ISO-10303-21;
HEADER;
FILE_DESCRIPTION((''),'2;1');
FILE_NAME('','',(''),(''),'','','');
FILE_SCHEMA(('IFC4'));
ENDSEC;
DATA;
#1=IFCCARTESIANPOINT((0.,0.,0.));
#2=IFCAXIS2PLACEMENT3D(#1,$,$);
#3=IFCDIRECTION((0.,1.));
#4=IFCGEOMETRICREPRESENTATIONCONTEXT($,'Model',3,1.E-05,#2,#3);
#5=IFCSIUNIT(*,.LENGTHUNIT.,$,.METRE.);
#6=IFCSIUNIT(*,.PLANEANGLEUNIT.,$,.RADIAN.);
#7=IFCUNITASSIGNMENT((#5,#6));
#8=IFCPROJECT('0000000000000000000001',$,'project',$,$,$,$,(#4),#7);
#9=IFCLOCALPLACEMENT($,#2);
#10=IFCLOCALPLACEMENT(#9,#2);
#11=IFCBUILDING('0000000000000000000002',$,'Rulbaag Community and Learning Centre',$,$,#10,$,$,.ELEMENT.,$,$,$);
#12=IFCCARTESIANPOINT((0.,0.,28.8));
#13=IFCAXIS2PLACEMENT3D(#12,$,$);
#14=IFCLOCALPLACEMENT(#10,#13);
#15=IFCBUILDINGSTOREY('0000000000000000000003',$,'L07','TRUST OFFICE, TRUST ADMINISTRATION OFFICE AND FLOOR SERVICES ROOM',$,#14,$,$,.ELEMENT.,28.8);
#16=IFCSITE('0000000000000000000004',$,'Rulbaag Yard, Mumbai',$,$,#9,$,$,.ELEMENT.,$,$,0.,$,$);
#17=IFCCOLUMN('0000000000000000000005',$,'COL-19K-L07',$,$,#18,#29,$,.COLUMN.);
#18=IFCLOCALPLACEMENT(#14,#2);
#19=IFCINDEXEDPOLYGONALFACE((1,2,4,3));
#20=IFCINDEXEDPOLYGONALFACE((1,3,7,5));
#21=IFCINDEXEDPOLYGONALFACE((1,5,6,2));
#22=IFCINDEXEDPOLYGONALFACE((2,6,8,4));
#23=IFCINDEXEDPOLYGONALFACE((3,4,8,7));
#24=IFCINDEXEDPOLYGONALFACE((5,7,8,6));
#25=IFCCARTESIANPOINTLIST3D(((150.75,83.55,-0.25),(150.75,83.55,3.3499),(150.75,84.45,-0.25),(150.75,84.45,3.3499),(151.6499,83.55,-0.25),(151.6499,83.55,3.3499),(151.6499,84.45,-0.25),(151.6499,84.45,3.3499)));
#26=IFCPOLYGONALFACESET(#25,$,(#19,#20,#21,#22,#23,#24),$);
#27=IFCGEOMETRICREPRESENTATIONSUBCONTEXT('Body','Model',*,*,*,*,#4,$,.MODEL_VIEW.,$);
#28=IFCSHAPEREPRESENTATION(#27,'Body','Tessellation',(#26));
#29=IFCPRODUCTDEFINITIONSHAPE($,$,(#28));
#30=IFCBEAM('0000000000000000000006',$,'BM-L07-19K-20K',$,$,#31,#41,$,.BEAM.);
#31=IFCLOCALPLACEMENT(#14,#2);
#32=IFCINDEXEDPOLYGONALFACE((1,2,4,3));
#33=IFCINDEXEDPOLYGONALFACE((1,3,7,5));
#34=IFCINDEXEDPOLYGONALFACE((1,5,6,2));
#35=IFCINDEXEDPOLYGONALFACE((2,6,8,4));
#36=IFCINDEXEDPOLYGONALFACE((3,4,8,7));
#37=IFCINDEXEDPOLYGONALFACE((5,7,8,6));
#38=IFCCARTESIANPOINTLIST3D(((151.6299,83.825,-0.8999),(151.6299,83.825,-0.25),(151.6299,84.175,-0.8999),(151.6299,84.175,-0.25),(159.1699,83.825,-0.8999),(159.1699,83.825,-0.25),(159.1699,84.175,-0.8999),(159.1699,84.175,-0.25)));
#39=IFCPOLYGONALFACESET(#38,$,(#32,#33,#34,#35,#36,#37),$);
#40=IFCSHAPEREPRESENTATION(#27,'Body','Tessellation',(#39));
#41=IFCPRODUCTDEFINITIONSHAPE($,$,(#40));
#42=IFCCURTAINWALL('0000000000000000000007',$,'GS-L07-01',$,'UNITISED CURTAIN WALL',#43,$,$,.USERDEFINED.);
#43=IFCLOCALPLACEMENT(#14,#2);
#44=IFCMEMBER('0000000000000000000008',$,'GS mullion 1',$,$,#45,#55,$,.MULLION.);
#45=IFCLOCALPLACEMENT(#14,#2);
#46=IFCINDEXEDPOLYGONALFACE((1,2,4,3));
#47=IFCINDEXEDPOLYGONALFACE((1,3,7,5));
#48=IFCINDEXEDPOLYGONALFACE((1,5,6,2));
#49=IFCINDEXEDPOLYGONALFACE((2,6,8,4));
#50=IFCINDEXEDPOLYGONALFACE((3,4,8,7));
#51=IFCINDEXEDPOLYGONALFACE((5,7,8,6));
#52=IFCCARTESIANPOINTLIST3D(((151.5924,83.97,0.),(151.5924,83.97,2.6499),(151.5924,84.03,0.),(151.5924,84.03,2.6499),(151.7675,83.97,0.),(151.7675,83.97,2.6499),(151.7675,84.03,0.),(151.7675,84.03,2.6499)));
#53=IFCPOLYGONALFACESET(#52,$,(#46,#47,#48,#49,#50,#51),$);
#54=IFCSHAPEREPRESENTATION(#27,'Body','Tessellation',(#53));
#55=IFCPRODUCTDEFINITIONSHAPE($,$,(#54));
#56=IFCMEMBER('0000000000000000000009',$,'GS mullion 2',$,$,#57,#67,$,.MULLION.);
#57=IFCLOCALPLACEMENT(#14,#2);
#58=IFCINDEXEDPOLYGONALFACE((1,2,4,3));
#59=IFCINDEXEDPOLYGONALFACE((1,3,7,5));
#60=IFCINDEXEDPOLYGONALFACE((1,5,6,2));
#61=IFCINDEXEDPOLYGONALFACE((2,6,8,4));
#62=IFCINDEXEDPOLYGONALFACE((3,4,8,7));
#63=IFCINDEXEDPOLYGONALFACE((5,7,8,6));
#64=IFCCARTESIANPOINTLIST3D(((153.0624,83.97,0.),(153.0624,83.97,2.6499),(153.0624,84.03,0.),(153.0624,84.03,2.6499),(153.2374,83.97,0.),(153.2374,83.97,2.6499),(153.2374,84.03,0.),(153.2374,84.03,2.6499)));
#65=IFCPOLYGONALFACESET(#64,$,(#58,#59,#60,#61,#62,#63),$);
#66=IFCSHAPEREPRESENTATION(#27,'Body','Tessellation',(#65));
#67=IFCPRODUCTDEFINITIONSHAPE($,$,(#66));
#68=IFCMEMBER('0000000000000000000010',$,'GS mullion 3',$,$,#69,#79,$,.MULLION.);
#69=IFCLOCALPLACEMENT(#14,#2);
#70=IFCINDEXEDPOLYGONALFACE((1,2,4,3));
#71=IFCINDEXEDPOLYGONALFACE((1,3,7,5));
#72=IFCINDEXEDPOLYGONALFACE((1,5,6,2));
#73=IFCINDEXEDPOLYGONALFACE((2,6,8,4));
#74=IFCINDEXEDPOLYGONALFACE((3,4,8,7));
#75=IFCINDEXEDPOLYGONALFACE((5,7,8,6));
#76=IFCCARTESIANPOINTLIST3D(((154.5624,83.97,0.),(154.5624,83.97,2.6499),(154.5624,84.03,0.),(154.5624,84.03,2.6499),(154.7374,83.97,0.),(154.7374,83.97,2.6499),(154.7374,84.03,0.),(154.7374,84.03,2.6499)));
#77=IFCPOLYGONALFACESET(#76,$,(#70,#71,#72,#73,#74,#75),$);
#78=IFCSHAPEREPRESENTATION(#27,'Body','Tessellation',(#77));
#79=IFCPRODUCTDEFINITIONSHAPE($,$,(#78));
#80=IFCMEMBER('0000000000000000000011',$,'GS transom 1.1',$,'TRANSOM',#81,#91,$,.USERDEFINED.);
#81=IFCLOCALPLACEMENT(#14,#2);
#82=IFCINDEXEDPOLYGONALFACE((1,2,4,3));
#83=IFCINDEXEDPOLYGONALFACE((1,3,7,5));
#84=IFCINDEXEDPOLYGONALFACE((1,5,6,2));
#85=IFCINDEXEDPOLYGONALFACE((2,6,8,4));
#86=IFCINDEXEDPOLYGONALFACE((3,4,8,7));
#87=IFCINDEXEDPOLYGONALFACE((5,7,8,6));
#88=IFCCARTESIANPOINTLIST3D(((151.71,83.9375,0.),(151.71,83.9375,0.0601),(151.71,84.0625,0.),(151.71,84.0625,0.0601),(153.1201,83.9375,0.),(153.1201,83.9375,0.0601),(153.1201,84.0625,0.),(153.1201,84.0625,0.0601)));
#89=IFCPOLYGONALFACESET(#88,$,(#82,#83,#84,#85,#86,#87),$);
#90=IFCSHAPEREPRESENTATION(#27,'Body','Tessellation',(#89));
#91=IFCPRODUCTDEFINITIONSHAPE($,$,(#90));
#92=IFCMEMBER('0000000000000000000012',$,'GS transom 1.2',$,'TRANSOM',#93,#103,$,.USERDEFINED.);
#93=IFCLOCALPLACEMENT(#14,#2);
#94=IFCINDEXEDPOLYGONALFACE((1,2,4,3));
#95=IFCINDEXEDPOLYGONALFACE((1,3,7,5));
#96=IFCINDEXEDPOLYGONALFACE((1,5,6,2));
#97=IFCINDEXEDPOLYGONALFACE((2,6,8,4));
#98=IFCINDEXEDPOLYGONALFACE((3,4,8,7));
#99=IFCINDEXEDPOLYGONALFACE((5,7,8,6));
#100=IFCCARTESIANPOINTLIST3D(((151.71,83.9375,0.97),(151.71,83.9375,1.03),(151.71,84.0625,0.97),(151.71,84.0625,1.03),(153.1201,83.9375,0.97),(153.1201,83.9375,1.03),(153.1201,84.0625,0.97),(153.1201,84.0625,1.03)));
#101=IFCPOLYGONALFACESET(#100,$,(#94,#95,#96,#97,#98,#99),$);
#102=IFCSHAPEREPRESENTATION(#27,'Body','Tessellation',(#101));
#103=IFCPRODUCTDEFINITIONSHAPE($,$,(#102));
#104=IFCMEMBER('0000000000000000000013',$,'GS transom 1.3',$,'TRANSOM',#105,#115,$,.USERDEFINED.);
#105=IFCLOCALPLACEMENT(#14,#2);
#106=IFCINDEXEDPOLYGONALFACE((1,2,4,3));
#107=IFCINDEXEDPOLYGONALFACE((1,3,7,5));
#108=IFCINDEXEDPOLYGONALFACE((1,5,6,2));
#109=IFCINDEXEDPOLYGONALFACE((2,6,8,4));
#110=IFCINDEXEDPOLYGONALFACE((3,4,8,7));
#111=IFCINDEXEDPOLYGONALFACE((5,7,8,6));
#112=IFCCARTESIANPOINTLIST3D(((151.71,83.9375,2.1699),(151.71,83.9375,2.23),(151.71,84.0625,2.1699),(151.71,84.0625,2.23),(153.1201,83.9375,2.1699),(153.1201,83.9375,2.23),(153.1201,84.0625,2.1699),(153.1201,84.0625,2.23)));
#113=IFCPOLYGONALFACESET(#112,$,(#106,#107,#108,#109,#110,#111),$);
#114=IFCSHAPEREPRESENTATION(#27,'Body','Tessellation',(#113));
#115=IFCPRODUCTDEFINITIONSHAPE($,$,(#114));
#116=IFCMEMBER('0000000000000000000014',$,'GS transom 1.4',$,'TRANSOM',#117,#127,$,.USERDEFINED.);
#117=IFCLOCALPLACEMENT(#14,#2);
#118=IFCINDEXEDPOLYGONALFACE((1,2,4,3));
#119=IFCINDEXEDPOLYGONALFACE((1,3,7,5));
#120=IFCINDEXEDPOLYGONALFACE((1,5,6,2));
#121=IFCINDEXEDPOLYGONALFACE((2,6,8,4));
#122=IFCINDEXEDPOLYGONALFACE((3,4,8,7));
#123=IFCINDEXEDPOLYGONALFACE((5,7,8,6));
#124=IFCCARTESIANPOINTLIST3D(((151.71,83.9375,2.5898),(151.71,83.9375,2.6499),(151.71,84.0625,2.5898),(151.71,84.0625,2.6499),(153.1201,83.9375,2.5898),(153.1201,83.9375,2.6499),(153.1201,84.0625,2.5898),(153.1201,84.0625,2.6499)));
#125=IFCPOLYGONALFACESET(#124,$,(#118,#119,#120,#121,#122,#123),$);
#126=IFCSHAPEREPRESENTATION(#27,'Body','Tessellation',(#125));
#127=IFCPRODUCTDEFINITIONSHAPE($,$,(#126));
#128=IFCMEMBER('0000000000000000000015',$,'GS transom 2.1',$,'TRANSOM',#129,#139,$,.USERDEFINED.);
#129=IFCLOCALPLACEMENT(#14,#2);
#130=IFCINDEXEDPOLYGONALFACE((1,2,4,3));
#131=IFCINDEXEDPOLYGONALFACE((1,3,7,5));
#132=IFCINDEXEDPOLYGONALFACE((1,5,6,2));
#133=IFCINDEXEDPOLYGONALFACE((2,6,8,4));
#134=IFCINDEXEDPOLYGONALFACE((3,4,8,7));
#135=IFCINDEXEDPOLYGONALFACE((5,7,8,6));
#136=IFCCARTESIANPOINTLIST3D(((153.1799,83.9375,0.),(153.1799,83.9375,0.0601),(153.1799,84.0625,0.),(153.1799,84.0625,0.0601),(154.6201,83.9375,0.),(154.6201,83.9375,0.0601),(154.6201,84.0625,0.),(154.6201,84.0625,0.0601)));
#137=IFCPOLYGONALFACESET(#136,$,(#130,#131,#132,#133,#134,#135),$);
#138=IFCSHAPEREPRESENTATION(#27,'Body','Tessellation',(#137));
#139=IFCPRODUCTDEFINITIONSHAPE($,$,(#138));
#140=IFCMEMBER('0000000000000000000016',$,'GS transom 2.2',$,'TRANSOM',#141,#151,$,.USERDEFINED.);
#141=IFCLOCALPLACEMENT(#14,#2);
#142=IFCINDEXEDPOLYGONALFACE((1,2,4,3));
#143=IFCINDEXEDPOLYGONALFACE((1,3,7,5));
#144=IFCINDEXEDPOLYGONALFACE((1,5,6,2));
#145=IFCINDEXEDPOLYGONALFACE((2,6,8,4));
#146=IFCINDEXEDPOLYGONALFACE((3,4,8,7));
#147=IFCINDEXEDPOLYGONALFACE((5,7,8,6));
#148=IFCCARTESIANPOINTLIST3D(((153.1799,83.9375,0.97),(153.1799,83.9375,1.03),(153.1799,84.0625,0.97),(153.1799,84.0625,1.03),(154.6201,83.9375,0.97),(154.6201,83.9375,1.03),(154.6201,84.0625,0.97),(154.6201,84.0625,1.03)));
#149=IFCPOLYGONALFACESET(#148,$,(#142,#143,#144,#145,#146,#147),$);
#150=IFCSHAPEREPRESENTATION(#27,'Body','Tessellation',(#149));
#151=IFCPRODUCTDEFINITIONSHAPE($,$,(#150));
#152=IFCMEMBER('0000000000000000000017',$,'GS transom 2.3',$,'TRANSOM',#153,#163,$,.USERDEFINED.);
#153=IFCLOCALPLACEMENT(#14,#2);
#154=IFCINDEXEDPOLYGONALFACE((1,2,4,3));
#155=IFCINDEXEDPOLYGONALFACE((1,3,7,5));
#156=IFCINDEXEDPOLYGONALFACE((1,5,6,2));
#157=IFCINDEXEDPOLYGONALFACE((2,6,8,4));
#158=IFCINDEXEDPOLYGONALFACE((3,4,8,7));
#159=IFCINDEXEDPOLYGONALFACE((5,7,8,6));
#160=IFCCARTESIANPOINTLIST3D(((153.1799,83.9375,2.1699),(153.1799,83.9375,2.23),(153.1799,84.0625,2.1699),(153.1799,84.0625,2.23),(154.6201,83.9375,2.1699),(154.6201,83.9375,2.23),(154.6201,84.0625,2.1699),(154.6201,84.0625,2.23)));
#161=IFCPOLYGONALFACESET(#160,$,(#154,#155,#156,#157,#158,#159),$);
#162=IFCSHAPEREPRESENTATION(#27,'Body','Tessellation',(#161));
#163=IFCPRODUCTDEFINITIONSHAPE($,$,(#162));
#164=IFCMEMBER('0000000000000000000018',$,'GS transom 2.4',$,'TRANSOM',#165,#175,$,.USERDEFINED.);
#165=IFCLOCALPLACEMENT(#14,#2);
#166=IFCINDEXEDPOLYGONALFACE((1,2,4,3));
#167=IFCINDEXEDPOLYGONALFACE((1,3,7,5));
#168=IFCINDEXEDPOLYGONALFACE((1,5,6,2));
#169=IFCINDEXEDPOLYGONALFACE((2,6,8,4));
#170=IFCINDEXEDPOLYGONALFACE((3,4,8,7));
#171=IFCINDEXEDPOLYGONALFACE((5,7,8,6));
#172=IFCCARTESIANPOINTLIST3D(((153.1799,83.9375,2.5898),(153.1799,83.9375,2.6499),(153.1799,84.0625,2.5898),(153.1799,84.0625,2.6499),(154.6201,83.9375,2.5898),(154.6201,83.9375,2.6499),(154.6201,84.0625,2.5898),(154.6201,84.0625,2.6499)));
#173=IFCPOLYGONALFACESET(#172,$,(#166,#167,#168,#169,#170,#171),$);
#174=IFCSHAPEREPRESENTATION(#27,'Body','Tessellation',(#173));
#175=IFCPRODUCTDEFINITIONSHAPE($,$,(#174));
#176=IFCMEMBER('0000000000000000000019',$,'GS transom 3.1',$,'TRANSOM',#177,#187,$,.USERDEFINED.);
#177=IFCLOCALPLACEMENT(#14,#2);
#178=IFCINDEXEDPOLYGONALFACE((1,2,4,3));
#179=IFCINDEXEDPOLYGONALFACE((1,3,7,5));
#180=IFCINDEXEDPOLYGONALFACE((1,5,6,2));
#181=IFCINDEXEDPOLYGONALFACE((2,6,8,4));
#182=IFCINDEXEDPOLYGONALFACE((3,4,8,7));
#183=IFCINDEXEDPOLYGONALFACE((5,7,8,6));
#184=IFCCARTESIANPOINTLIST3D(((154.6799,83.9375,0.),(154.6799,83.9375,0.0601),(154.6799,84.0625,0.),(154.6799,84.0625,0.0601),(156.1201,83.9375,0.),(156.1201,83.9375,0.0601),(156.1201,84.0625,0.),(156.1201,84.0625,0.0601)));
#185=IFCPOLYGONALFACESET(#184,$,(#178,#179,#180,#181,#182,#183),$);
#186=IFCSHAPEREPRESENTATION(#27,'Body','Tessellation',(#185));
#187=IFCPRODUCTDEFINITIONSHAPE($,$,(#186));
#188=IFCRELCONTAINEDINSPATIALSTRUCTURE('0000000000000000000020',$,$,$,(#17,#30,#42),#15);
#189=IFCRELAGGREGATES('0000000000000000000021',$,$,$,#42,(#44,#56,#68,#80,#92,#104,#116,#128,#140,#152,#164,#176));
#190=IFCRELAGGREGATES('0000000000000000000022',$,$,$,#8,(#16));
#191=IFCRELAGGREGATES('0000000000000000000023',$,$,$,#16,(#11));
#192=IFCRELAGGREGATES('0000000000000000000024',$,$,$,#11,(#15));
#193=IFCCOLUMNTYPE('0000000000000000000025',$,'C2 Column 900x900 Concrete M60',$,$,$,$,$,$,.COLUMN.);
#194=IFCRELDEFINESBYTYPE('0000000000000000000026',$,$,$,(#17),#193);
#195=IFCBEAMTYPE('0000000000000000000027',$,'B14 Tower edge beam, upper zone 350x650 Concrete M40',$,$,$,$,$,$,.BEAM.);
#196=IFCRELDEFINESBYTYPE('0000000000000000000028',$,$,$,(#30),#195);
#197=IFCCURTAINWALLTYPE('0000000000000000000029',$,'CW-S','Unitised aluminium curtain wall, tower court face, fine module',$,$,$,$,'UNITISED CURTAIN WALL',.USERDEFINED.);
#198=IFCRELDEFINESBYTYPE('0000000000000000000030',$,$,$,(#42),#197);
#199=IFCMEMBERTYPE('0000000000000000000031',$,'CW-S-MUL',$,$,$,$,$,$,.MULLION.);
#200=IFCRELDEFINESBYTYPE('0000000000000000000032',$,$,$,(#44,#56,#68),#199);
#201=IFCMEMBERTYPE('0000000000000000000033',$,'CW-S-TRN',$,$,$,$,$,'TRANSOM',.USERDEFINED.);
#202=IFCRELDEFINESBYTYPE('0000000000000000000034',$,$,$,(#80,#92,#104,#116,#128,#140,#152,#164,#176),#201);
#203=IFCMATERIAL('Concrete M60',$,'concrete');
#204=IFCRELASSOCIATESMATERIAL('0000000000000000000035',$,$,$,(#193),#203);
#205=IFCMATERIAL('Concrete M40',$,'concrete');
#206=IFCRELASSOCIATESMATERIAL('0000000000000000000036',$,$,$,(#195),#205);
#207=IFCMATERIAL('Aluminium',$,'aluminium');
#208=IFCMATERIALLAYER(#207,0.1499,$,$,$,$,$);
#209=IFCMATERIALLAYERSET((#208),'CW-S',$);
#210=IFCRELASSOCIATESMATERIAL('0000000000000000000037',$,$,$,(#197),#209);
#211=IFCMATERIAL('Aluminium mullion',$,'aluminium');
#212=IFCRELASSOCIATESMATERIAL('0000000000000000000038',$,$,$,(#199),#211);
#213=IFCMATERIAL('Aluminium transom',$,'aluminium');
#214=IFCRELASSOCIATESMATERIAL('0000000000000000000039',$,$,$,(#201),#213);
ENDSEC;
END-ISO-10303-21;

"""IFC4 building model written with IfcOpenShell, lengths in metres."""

from ifc_helpers import new_model, si_unit, direction, frame, origin, origin_2d, place, context, subcontext, project, spatial, rectangle, extrude, material, layer, layer_set, material_profile, profile_set, type_object, element, aggregate, save


model = new_model("IFC4")

# Units and contexts
model_context = context("Model", 3, precision=1e-05, world=origin(), true_north=direction((0.0, 1.0)))
body_context = subcontext(model_context, "Body", "Model", "MODEL_VIEW")
ifc_project = project(units=[si_unit("LENGTHUNIT", "METRE"), si_unit("PLANEANGLEUNIT", "RADIAN")], contexts=[model_context])

# Site, building, storey
site_placement = place(None, origin())
site = spatial("IfcSite", under=ifc_project, at=site_placement, Name="Rulbaag Yard, Mumbai", CompositionType="ELEMENT", RefElevation=0.0)
building_placement = place(site_placement, origin())
building = spatial("IfcBuilding", under=site, at=building_placement, Name="Rulbaag Community and Learning Centre", CompositionType="ELEMENT")
storey_placement = place(building_placement, frame((0.0, 0.0, 28.8)))
storey = spatial("IfcBuildingStorey", under=building, at=storey_placement, Name="L07", Description="TRUST OFFICE, TRUST ADMINISTRATION OFFICE AND FLOOR SERVICES ROOM", CompositionType="ELEMENT", Elevation=28.8)

# Column
ifc_material_1 = material(Name="Concrete M60", Category="concrete")
ifc_material_profile_1 = material_profile(ifc_material_1, rectangle(XDim=0.8999, YDim=0.8999, at=origin_2d()), Name="RC900x900")
ifc_profile_set_1 = profile_set([ifc_material_profile_1], Name="Concrete M60")
column_type = type_object("IfcColumnType", Name="C2 Column 900x900 Concrete M60", PredefinedType="COLUMN", material=ifc_profile_set_1)
column_placement = place(storey_placement, frame((151.2, 84.0, -0.25), z_axis=(0.0, 0.0, 1.0), x_axis=(1.0, 0.0, 0.0)))
element("IfcColumn", 1, at=column_placement, inside=storey, type_object=column_type, Name="COL-19K-L07", PredefinedType="COLUMN", context=body_context, shape_type="SweptSolid", body=[
    extrude(rectangle(XDim=0.8999, YDim=0.8999, at=origin_2d()), origin(), (0.0, 0.0, 1.0), 3.5999),
])

# Beam
ifc_material_2 = material(Name="Concrete M40", Category="concrete")
ifc_material_profile_2 = material_profile(ifc_material_2, rectangle(XDim=0.3501, YDim=0.6499, at=origin_2d()), Name="RB350x650")
ifc_profile_set_2 = profile_set([ifc_material_profile_2], Name="Concrete M40")
beam_type = type_object("IfcBeamType", Name="B14 Tower edge beam, upper zone 350x650 Concrete M40", PredefinedType="BEAM", material=ifc_profile_set_2)
beam_placement = place(storey_placement, frame((151.6299, 84.0, -0.575), z_axis=(1.0, 0.0, 0.0), x_axis=(0.0, 1.0, 0.0)))
element("IfcBeam", 2, at=beam_placement, inside=storey, type_object=beam_type, Name="BM-L07-19K-20K", PredefinedType="BEAM", context=body_context, shape_type="SweptSolid", body=[
    extrude(rectangle(XDim=0.3501, YDim=0.6499, at=origin_2d()), origin(), (0.0, 0.0, 1.0), 7.54),
])

# Curtain wall, members
ifc_material_3 = material(Name="Aluminium", Category="aluminium")
ifc_layer_1 = layer(ifc_material_3, 0.1499)
ifc_layer_set_1 = layer_set([ifc_layer_1], Name="CW-S")
curtain_wall_type = type_object("IfcCurtainWallType", Name="CW-S", Description="Unitised aluminium curtain wall, tower court face, fine module", ElementType="UNITISED CURTAIN WALL", PredefinedType="USERDEFINED", material=ifc_layer_set_1)
curtain_wall_placement = place(storey_placement, origin())
curtain_wall = element("IfcCurtainWall", 3, at=curtain_wall_placement, inside=storey, type_object=curtain_wall_type, Name="GS-L07-01", ObjectType="UNITISED CURTAIN WALL", PredefinedType="USERDEFINED")
ifc_material_4 = material(Name="Aluminium mullion", Category="aluminium")
ifc_material_profile_3 = material_profile(ifc_material_4, rectangle(XDim=0.0601, YDim=0.175, at=origin_2d()), Name="AL 60x175")
ifc_profile_set_3 = profile_set([ifc_material_profile_3], Name="Aluminium mullion")
member_type_1 = type_object("IfcMemberType", Name="CW-S-MUL", PredefinedType="MULLION", material=ifc_profile_set_3)
member_1_placement = place(storey_placement, frame((151.6799, 84.0, 0.0), z_axis=(0.0, 0.0, 1.0), x_axis=(0.0, 1.0, 0.0)))
member_1 = element("IfcMember", 4, at=member_1_placement, type_object=member_type_1, Name="GS mullion 1", PredefinedType="MULLION", context=body_context, shape_type="SweptSolid", body=[
    extrude(rectangle(XDim=0.0601, YDim=0.175, at=origin_2d()), origin(), (0.0, 0.0, 1.0), 2.6499),
])
member_2_placement = place(storey_placement, frame((153.1499, 84.0, 0.0), z_axis=(0.0, 0.0, 1.0), x_axis=(0.0, 1.0, 0.0)))
member_2 = element("IfcMember", 5, at=member_2_placement, type_object=member_type_1, Name="GS mullion 2", PredefinedType="MULLION", context=body_context, shape_type="SweptSolid", body=[
    extrude(rectangle(XDim=0.0601, YDim=0.175, at=origin_2d()), origin(), (0.0, 0.0, 1.0), 2.6499),
])
member_3_placement = place(storey_placement, frame((154.6499, 84.0, 0.0), z_axis=(0.0, 0.0, 1.0), x_axis=(0.0, 1.0, 0.0)))
member_3 = element("IfcMember", 6, at=member_3_placement, type_object=member_type_1, Name="GS mullion 3", PredefinedType="MULLION", context=body_context, shape_type="SweptSolid", body=[
    extrude(rectangle(XDim=0.0601, YDim=0.175, at=origin_2d()), origin(), (0.0, 0.0, 1.0), 2.6499),
])
ifc_material_5 = material(Name="Aluminium transom", Category="aluminium")
ifc_material_profile_4 = material_profile(ifc_material_5, rectangle(XDim=0.125, YDim=0.0601, at=origin_2d()), Name="AL 60x125 T")
ifc_profile_set_4 = profile_set([ifc_material_profile_4], Name="Aluminium transom")
member_type_2 = type_object("IfcMemberType", Name="CW-S-TRN", ElementType="TRANSOM", PredefinedType="USERDEFINED", material=ifc_profile_set_4)
member_4_placement = place(storey_placement, frame((151.71, 84.0, 0.03), z_axis=(1.0, 0.0, 0.0), x_axis=(0.0, 1.0, 0.0)))
member_4 = element("IfcMember", 7, at=member_4_placement, type_object=member_type_2, Name="GS transom 1.1", ObjectType="TRANSOM", PredefinedType="USERDEFINED", context=body_context, shape_type="SweptSolid", body=[
    extrude(rectangle(XDim=0.125, YDim=0.0601, at=origin_2d()), origin(), (0.0, 0.0, 1.0), 1.4102),
])
member_5_placement = place(storey_placement, frame((151.71, 84.0, 1.0), z_axis=(1.0, 0.0, 0.0), x_axis=(0.0, 1.0, 0.0)))
member_5 = element("IfcMember", 8, at=member_5_placement, type_object=member_type_2, Name="GS transom 1.2", ObjectType="TRANSOM", PredefinedType="USERDEFINED", context=body_context, shape_type="SweptSolid", body=[
    extrude(rectangle(XDim=0.125, YDim=0.0601, at=origin_2d()), origin(), (0.0, 0.0, 1.0), 1.4102),
])
member_6_placement = place(storey_placement, frame((151.71, 84.0, 2.2), z_axis=(1.0, 0.0, 0.0), x_axis=(0.0, 1.0, 0.0)))
member_6 = element("IfcMember", 9, at=member_6_placement, type_object=member_type_2, Name="GS transom 1.3", ObjectType="TRANSOM", PredefinedType="USERDEFINED", context=body_context, shape_type="SweptSolid", body=[
    extrude(rectangle(XDim=0.125, YDim=0.0601, at=origin_2d()), origin(), (0.0, 0.0, 1.0), 1.4102),
])
member_7_placement = place(storey_placement, frame((151.71, 84.0, 2.6199), z_axis=(1.0, 0.0, 0.0), x_axis=(0.0, 1.0, 0.0)))
member_7 = element("IfcMember", 10, at=member_7_placement, type_object=member_type_2, Name="GS transom 1.4", ObjectType="TRANSOM", PredefinedType="USERDEFINED", context=body_context, shape_type="SweptSolid", body=[
    extrude(rectangle(XDim=0.125, YDim=0.0601, at=origin_2d()), origin(), (0.0, 0.0, 1.0), 1.4102),
])
member_8_placement = place(storey_placement, frame((153.1799, 84.0, 0.03), z_axis=(1.0, 0.0, 0.0), x_axis=(0.0, 1.0, 0.0)))
member_8 = element("IfcMember", 11, at=member_8_placement, type_object=member_type_2, Name="GS transom 2.1", ObjectType="TRANSOM", PredefinedType="USERDEFINED", context=body_context, shape_type="SweptSolid", body=[
    extrude(rectangle(XDim=0.125, YDim=0.0601, at=origin_2d()), origin(), (0.0, 0.0, 1.0), 1.4402),
])
member_9_placement = place(storey_placement, frame((153.1799, 84.0, 1.0), z_axis=(1.0, 0.0, 0.0), x_axis=(0.0, 1.0, 0.0)))
member_9 = element("IfcMember", 12, at=member_9_placement, type_object=member_type_2, Name="GS transom 2.2", ObjectType="TRANSOM", PredefinedType="USERDEFINED", context=body_context, shape_type="SweptSolid", body=[
    extrude(rectangle(XDim=0.125, YDim=0.0601, at=origin_2d()), origin(), (0.0, 0.0, 1.0), 1.4402),
])
member_10_placement = place(storey_placement, frame((153.1799, 84.0, 2.2), z_axis=(1.0, 0.0, 0.0), x_axis=(0.0, 1.0, 0.0)))
member_10 = element("IfcMember", 13, at=member_10_placement, type_object=member_type_2, Name="GS transom 2.3", ObjectType="TRANSOM", PredefinedType="USERDEFINED", context=body_context, shape_type="SweptSolid", body=[
    extrude(rectangle(XDim=0.125, YDim=0.0601, at=origin_2d()), origin(), (0.0, 0.0, 1.0), 1.4402),
])
member_11_placement = place(storey_placement, frame((153.1799, 84.0, 2.6199), z_axis=(1.0, 0.0, 0.0), x_axis=(0.0, 1.0, 0.0)))
member_11 = element("IfcMember", 14, at=member_11_placement, type_object=member_type_2, Name="GS transom 2.4", ObjectType="TRANSOM", PredefinedType="USERDEFINED", context=body_context, shape_type="SweptSolid", body=[
    extrude(rectangle(XDim=0.125, YDim=0.0601, at=origin_2d()), origin(), (0.0, 0.0, 1.0), 1.4402),
])
member_12_placement = place(storey_placement, frame((154.6799, 84.0, 0.03), z_axis=(1.0, 0.0, 0.0), x_axis=(0.0, 1.0, 0.0)))
member_12 = element("IfcMember", 15, at=member_12_placement, type_object=member_type_2, Name="GS transom 3.1", ObjectType="TRANSOM", PredefinedType="USERDEFINED", context=body_context, shape_type="SweptSolid", body=[
    extrude(rectangle(XDim=0.125, YDim=0.0601, at=origin_2d()), origin(), (0.0, 0.0, 1.0), 1.4402),
])
aggregate(curtain_wall, [member_1, member_2, member_3, member_4, member_5, member_6, member_7, member_8, member_9, member_10, member_11, member_12])

save(model, "model.ifc")
